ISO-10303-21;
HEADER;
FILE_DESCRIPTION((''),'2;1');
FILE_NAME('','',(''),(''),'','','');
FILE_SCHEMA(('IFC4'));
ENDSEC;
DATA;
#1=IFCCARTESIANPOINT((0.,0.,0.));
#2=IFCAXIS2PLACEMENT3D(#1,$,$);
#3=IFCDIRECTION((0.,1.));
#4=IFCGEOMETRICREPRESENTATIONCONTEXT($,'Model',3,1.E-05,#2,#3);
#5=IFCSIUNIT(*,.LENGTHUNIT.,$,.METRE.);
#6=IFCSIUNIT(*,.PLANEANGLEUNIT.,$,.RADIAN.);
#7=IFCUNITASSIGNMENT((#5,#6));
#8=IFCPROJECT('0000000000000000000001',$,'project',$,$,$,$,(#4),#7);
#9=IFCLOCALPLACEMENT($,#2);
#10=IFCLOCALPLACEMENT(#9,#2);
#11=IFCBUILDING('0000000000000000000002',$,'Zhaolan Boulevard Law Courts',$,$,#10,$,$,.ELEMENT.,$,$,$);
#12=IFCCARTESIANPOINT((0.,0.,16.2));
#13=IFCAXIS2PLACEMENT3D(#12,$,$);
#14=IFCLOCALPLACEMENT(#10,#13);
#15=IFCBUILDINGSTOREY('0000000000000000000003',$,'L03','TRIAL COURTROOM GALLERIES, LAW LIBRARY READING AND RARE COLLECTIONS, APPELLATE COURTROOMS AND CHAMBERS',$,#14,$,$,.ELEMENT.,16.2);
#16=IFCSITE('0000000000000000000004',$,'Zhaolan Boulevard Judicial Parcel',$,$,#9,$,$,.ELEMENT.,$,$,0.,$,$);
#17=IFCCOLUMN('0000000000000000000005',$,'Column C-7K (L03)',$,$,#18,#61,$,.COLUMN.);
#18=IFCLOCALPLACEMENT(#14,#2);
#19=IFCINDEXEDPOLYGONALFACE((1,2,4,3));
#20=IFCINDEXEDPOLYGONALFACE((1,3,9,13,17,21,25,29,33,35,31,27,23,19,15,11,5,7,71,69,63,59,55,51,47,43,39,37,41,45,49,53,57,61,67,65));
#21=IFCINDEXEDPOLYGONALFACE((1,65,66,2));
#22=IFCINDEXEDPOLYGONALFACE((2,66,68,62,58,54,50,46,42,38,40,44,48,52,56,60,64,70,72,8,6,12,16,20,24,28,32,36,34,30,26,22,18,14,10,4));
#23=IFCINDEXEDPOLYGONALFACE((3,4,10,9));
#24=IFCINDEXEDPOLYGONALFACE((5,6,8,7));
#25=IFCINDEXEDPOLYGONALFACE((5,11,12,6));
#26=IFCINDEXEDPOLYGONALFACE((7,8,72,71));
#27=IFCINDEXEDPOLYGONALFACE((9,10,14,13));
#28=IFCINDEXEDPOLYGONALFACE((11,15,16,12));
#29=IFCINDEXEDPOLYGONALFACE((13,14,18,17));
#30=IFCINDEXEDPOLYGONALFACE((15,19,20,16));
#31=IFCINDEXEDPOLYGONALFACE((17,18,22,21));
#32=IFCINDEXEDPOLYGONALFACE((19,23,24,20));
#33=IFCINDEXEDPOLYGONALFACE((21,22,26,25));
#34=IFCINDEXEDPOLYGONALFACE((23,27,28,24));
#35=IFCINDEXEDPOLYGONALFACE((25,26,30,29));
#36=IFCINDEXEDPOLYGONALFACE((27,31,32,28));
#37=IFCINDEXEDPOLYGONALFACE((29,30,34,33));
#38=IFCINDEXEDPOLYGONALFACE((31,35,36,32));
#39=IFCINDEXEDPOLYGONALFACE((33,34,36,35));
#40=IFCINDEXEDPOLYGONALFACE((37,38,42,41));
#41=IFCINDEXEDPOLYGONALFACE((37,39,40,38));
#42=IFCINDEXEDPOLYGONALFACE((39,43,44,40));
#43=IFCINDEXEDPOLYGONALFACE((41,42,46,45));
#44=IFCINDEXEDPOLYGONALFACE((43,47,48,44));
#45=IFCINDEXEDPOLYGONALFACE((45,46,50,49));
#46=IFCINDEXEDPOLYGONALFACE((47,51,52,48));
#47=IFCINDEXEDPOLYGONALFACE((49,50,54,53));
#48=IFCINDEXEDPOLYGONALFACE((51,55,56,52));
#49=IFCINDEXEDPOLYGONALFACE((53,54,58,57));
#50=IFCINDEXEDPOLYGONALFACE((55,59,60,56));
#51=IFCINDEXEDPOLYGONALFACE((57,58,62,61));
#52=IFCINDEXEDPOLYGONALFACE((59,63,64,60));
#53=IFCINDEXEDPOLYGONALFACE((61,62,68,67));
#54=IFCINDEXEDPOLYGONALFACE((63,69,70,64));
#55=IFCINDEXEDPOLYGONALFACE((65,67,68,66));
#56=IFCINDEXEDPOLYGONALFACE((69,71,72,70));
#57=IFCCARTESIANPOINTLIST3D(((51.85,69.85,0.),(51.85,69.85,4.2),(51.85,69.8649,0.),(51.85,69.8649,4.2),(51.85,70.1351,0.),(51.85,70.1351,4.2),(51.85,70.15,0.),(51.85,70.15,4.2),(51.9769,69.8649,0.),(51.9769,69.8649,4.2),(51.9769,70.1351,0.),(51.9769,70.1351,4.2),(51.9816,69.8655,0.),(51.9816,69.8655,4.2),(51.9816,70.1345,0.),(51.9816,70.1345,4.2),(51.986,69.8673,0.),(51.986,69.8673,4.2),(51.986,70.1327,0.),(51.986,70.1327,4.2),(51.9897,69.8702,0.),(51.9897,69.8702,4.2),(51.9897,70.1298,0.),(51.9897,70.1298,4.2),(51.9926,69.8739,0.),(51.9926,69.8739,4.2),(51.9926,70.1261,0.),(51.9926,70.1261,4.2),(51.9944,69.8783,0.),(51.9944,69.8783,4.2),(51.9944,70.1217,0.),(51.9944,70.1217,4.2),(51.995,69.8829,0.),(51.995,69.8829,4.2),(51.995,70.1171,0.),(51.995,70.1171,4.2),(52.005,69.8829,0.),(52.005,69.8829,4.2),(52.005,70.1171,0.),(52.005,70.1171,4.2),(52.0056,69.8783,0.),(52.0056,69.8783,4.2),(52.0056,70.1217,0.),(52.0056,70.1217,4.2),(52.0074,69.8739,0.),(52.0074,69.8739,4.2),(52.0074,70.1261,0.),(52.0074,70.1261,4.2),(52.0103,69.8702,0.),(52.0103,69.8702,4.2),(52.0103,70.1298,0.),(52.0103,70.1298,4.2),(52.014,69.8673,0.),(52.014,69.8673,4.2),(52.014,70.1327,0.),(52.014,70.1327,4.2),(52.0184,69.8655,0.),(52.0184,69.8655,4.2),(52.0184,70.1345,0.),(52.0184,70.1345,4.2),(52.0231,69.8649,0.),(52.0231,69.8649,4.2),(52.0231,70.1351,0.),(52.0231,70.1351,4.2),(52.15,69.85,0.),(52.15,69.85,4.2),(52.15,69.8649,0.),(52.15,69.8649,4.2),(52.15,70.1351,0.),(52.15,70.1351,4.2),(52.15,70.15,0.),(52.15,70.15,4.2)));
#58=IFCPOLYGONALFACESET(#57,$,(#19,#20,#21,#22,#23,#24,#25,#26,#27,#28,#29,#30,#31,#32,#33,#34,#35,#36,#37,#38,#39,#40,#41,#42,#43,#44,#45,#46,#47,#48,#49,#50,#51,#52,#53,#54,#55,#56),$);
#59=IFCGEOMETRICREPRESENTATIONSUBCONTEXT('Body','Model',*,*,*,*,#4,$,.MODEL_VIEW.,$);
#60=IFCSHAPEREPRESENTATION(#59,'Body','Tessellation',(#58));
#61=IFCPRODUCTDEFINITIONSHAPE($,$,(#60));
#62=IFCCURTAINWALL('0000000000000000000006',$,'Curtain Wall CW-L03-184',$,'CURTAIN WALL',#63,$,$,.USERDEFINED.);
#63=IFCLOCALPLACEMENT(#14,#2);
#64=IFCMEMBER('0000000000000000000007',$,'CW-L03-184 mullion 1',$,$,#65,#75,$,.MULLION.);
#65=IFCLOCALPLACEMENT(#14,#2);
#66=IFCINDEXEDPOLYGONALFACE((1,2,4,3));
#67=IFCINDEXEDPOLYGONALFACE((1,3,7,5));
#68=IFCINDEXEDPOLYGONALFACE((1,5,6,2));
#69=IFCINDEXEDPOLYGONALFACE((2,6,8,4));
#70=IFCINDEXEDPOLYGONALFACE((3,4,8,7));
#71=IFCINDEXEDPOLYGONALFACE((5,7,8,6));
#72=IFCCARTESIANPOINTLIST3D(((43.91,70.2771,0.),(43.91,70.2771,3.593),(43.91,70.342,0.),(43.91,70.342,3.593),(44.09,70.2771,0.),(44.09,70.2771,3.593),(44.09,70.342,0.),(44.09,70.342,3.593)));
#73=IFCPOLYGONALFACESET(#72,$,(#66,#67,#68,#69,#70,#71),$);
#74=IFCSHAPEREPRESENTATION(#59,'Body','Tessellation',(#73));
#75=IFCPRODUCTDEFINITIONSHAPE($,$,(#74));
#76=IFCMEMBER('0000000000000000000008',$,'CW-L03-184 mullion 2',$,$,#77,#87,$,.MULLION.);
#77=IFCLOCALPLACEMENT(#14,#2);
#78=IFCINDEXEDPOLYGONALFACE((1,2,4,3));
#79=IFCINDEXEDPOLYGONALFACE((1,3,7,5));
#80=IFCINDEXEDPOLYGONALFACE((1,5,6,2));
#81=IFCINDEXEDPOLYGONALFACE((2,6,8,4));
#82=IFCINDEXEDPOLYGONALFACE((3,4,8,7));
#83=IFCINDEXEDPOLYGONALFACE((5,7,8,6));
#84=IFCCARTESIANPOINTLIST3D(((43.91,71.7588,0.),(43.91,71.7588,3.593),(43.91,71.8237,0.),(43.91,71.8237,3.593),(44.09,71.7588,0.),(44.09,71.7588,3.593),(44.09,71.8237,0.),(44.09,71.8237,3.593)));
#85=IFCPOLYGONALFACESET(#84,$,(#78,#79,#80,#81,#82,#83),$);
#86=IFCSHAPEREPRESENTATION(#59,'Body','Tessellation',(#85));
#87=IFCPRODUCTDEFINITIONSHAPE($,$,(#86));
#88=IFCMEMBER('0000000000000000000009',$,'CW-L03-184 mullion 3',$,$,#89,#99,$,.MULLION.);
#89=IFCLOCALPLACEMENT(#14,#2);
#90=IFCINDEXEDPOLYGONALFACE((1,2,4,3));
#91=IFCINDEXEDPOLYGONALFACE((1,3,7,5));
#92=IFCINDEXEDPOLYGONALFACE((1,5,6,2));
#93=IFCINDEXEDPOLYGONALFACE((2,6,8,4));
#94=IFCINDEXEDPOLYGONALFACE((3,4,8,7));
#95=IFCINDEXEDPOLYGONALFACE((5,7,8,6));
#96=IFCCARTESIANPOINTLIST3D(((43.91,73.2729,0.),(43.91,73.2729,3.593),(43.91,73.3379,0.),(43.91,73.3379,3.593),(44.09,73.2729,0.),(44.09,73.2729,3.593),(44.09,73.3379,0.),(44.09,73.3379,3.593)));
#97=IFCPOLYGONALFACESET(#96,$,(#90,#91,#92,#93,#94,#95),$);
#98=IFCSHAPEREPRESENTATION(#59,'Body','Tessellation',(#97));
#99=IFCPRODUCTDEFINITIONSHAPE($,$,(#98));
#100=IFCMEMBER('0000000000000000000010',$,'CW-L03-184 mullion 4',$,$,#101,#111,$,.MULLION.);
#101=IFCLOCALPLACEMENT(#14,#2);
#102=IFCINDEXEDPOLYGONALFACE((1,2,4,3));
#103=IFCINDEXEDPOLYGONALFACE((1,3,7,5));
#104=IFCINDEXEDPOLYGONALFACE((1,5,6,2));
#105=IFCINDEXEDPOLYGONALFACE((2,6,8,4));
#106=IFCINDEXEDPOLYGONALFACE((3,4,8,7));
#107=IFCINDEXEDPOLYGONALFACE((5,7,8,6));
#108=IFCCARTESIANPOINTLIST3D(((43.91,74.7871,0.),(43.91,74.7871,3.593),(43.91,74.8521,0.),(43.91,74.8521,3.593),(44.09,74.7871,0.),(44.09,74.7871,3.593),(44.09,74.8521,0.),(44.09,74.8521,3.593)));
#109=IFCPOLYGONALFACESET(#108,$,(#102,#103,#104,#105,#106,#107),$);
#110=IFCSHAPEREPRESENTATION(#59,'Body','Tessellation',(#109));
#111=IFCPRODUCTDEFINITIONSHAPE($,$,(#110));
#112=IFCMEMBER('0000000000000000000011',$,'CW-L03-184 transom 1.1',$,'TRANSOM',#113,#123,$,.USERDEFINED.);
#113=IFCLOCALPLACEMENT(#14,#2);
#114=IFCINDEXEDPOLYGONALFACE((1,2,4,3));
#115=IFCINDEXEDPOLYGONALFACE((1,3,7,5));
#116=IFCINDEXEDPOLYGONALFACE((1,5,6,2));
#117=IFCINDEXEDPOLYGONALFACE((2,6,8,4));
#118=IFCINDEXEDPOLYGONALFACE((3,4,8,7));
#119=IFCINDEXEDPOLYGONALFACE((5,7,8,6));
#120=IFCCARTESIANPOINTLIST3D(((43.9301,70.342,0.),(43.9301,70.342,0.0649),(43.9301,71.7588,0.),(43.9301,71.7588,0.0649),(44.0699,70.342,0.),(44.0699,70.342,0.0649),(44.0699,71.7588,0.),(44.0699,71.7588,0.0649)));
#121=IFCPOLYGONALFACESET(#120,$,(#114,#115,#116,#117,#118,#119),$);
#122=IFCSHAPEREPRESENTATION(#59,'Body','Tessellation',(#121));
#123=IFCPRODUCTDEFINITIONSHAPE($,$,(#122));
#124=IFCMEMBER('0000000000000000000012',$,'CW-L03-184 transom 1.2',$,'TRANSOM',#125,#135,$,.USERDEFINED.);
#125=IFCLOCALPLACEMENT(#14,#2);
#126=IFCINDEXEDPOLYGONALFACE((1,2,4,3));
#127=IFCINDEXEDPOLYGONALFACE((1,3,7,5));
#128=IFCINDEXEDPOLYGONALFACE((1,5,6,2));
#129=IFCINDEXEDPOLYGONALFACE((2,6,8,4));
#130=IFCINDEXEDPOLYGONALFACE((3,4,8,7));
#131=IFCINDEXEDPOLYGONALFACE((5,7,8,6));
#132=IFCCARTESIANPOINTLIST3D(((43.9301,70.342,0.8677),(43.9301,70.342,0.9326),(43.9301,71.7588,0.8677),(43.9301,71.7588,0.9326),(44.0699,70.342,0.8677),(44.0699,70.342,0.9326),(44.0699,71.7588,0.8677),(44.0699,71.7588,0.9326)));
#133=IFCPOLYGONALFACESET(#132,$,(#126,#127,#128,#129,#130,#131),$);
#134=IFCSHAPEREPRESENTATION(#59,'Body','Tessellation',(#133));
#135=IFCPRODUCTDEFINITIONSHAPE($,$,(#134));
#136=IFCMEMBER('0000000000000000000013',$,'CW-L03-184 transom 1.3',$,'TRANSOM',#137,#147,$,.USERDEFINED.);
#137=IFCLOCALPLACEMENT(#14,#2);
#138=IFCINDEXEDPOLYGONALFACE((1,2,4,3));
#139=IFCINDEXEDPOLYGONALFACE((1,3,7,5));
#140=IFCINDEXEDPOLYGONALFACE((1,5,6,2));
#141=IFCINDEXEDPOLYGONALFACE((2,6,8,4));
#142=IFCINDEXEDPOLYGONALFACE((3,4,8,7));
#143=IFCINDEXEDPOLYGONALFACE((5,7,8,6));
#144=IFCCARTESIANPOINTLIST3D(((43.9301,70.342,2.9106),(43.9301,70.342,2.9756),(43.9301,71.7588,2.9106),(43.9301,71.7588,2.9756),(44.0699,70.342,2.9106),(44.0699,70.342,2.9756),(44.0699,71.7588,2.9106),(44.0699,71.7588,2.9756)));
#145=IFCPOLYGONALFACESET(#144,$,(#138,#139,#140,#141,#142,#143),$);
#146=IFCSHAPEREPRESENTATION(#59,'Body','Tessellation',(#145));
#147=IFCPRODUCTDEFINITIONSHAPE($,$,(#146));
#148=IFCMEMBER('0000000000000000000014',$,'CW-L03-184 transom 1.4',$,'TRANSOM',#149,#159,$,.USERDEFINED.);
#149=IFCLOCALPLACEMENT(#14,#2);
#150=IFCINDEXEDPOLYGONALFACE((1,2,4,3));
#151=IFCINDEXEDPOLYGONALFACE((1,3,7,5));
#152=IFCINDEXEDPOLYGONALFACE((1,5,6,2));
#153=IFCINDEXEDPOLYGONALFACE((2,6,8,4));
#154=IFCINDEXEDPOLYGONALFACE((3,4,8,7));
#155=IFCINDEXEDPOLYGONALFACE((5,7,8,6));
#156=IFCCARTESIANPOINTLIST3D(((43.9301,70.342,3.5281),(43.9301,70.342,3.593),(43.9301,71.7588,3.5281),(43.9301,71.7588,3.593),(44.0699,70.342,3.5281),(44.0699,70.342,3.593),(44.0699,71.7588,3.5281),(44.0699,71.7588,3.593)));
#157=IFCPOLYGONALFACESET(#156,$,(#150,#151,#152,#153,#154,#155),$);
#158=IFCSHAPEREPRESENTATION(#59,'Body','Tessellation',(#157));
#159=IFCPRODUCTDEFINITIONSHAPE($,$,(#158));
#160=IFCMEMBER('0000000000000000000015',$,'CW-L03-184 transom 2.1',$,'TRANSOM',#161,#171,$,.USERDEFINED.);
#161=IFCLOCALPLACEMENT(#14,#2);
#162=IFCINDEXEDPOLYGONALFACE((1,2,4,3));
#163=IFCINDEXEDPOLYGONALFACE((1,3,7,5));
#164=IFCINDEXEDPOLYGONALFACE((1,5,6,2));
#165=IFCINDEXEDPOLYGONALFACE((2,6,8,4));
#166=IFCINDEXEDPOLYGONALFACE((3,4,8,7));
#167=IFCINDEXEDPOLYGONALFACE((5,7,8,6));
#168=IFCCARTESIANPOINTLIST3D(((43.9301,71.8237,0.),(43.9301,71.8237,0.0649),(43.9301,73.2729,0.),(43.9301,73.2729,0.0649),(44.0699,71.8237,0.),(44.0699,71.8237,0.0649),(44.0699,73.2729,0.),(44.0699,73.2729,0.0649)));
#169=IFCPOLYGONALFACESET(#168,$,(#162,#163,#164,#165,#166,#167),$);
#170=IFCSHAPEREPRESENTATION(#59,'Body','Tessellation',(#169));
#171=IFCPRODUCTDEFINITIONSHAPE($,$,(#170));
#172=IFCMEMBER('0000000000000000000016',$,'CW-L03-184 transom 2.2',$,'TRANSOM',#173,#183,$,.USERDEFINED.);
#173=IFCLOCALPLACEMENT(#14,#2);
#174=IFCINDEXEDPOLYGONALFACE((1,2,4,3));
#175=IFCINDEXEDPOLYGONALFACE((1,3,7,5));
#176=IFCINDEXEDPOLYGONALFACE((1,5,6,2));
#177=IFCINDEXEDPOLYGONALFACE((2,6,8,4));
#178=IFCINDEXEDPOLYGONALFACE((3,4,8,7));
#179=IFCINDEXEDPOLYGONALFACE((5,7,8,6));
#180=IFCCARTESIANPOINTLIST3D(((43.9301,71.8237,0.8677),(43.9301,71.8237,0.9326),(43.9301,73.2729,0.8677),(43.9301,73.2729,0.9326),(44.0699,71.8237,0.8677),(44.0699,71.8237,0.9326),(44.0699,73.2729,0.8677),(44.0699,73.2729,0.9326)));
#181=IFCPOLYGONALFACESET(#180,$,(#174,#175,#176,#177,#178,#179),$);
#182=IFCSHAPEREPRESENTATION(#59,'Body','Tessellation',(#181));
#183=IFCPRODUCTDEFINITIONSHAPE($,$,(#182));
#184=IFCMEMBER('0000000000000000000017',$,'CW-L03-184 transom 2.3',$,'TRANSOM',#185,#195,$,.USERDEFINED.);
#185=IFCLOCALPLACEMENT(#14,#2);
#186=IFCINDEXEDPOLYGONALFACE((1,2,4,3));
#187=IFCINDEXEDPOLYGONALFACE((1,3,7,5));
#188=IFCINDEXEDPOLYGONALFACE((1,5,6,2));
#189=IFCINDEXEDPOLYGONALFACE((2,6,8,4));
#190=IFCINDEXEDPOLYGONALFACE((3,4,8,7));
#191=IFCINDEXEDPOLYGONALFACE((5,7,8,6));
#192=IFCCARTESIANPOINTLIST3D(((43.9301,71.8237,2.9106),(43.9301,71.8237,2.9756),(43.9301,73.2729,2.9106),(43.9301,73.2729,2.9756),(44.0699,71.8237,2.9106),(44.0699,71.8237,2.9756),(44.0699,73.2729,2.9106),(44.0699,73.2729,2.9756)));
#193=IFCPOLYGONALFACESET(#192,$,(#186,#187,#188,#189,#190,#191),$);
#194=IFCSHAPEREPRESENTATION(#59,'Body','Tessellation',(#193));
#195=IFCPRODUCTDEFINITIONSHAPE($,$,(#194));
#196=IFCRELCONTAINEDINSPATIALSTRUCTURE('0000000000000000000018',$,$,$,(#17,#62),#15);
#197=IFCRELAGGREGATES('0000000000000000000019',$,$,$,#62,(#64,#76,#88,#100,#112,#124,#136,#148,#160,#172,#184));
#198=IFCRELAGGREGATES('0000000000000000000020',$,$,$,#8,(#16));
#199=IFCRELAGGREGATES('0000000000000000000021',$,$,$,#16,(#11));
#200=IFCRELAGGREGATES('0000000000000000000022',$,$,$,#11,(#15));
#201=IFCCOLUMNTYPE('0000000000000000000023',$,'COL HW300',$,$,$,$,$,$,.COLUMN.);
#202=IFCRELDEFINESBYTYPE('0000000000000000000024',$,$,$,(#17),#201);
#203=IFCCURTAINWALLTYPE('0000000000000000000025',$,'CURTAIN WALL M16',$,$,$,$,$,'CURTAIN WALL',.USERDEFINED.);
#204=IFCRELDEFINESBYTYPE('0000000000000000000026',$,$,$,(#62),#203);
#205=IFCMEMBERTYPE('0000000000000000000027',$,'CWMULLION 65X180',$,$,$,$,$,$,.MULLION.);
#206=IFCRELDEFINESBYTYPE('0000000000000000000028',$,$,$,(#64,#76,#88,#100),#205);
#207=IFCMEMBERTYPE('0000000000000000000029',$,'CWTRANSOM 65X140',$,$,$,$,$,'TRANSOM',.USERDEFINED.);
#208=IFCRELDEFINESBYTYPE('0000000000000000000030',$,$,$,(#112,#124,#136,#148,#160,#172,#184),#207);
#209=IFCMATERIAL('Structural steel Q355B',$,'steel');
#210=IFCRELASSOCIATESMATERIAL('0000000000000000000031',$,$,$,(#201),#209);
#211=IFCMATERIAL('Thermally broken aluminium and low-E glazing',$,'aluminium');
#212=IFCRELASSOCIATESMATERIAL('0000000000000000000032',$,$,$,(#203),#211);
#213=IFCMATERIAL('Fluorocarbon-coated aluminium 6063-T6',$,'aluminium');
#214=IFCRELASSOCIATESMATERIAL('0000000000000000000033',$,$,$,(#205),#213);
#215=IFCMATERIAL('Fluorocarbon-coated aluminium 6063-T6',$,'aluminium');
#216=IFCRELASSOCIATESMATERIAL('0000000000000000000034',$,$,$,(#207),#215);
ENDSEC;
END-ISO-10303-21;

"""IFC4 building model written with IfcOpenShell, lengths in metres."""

from ifc_helpers import new_model, si_unit, direction, frame, origin, origin_2d, place, context, subcontext, project, spatial, rectangle, i_section, extrude, material, material_profile, profile_set, type_object, element, aggregate, save


model = new_model("IFC4")

# Units and contexts
model_context = context("Model", 3, precision=1e-05, world=origin(), true_north=direction((0.0, 1.0)))
body_context = subcontext(model_context, "Body", "Model", "MODEL_VIEW")
ifc_project = project(units=[si_unit("LENGTHUNIT", "METRE"), si_unit("PLANEANGLEUNIT", "RADIAN")], contexts=[model_context])

# Site, building, storey
site_placement = place(None, origin())
site = spatial("IfcSite", under=ifc_project, at=site_placement, Name="Zhaolan Boulevard Judicial Parcel", CompositionType="ELEMENT", RefElevation=0.0)
building_placement = place(site_placement, origin())
building = spatial("IfcBuilding", under=site, at=building_placement, Name="Zhaolan Boulevard Law Courts", CompositionType="ELEMENT")
storey_placement = place(building_placement, frame((0.0, 0.0, 16.2)))
storey = spatial("IfcBuildingStorey", under=building, at=storey_placement, Name="L03", Description="TRIAL COURTROOM GALLERIES, LAW LIBRARY READING AND RARE COLLECTIONS, APPELLATE COURTROOMS AND CHAMBERS", CompositionType="ELEMENT", Elevation=16.2)

# Column
ifc_material_1 = material(Name="Structural steel Q355B", Category="steel")
ifc_material_profile_1 = material_profile(ifc_material_1, i_section(OverallWidth=0.3, OverallDepth=0.3, WebThickness=0.01, FlangeThickness=0.0149, FilletRadius=0.0181, at=origin_2d()), Name="HW300x300")
ifc_profile_set_1 = profile_set([ifc_material_profile_1], Name="Structural steel Q355B")
column_type = type_object("IfcColumnType", Name="COL HW300", PredefinedType="COLUMN", material=ifc_profile_set_1)
column_placement = place(storey_placement, frame((52.0, 70.0, 0.0), z_axis=(0.0, 0.0, 1.0), x_axis=(1.0, 0.0, 0.0)))
element("IfcColumn", 1, at=column_placement, inside=storey, type_object=column_type, Name="Column C-7K (L03)", PredefinedType="COLUMN", context=body_context, shape_type="SweptSolid", body=[
    extrude(i_section(OverallWidth=0.3, OverallDepth=0.3, WebThickness=0.01, FlangeThickness=0.0149, FilletRadius=0.0181, at=origin_2d()), origin(), (0.0, 0.0, 1.0), 4.2),
])

# Curtain wall, members
ifc_material_2 = material(Name="Thermally broken aluminium and low-E glazing", Category="aluminium")
curtain_wall_type = type_object("IfcCurtainWallType", Name="CURTAIN WALL M16", ElementType="CURTAIN WALL", PredefinedType="USERDEFINED", material=ifc_material_2)
curtain_wall_placement = place(storey_placement, origin())
curtain_wall = element("IfcCurtainWall", 2, at=curtain_wall_placement, inside=storey, type_object=curtain_wall_type, Name="Curtain Wall CW-L03-184", ObjectType="CURTAIN WALL", PredefinedType="USERDEFINED")
ifc_material_3 = material(Name="Fluorocarbon-coated aluminium 6063-T6", Category="aluminium")
ifc_material_profile_2 = material_profile(ifc_material_3, rectangle(XDim=0.1799, YDim=0.0649, at=origin_2d()), Name="AL65x180")
ifc_profile_set_2 = profile_set([ifc_material_profile_2], Name="Fluorocarbon-coated aluminium 6063-T6")
member_type_1 = type_object("IfcMemberType", Name="CWMULLION 65X180", PredefinedType="MULLION", material=ifc_profile_set_2)
member_1_placement = place(storey_placement, frame((44.0, 70.3096, 0.0), z_axis=(0.0, 0.0, 1.0), x_axis=(-1.0, 0.0, 0.0)))
member_1 = element("IfcMember", 3, at=member_1_placement, type_object=member_type_1, Name="CW-L03-184 mullion 1", PredefinedType="MULLION", context=body_context, shape_type="SweptSolid", body=[
    extrude(rectangle(XDim=0.1799, YDim=0.0649, at=origin_2d()), origin(), (0.0, 0.0, 1.0), 3.593),
])
member_2_placement = place(storey_placement, frame((44.0, 71.7913, 0.0), z_axis=(0.0, 0.0, 1.0), x_axis=(-1.0, 0.0, 0.0)))
member_2 = element("IfcMember", 4, at=member_2_placement, type_object=member_type_1, Name="CW-L03-184 mullion 2", PredefinedType="MULLION", context=body_context, shape_type="SweptSolid", body=[
    extrude(rectangle(XDim=0.1799, YDim=0.0649, at=origin_2d()), origin(), (0.0, 0.0, 1.0), 3.593),
])
member_3_placement = place(storey_placement, frame((44.0, 73.3054, 0.0), z_axis=(0.0, 0.0, 1.0), x_axis=(-1.0, 0.0, 0.0)))
member_3 = element("IfcMember", 5, at=member_3_placement, type_object=member_type_1, Name="CW-L03-184 mullion 3", PredefinedType="MULLION", context=body_context, shape_type="SweptSolid", body=[
    extrude(rectangle(XDim=0.1799, YDim=0.0649, at=origin_2d()), origin(), (0.0, 0.0, 1.0), 3.593),
])
member_4_placement = place(storey_placement, frame((44.0, 74.8196, 0.0), z_axis=(0.0, 0.0, 1.0), x_axis=(-1.0, 0.0, 0.0)))
member_4 = element("IfcMember", 6, at=member_4_placement, type_object=member_type_1, Name="CW-L03-184 mullion 4", PredefinedType="MULLION", context=body_context, shape_type="SweptSolid", body=[
    extrude(rectangle(XDim=0.1799, YDim=0.0649, at=origin_2d()), origin(), (0.0, 0.0, 1.0), 3.593),
])
ifc_material_4 = material(Name="Fluorocarbon-coated aluminium 6063-T6", Category="aluminium")
ifc_material_profile_3 = material_profile(ifc_material_4, rectangle(XDim=0.1399, YDim=0.0649, at=origin_2d()), Name="AL65x140")
ifc_profile_set_3 = profile_set([ifc_material_profile_3], Name="Fluorocarbon-coated aluminium 6063-T6")
member_type_2 = type_object("IfcMemberType", Name="CWTRANSOM 65X140", ElementType="TRANSOM", PredefinedType="USERDEFINED", material=ifc_profile_set_3)
member_5_placement = place(storey_placement, frame((44.0, 70.342, 0.0325), z_axis=(0.0, 1.0, 0.0), x_axis=(-1.0, 0.0, 0.0)))
member_5 = element("IfcMember", 7, at=member_5_placement, type_object=member_type_2, Name="CW-L03-184 transom 1.1", ObjectType="TRANSOM", PredefinedType="USERDEFINED", context=body_context, shape_type="SweptSolid", body=[
    extrude(rectangle(XDim=0.1399, YDim=0.0649, at=origin_2d()), origin(), (0.0, 0.0, 1.0), 1.4167),
])
member_6_placement = place(storey_placement, frame((44.0, 70.342, 0.9001), z_axis=(0.0, 1.0, 0.0), x_axis=(-1.0, 0.0, 0.0)))
member_6 = element("IfcMember", 8, at=member_6_placement, type_object=member_type_2, Name="CW-L03-184 transom 1.2", ObjectType="TRANSOM", PredefinedType="USERDEFINED", context=body_context, shape_type="SweptSolid", body=[
    extrude(rectangle(XDim=0.1399, YDim=0.0649, at=origin_2d()), origin(), (0.0, 0.0, 1.0), 1.4167),
])
member_7_placement = place(storey_placement, frame((44.0, 70.342, 2.9431), z_axis=(0.0, 1.0, 0.0), x_axis=(-1.0, 0.0, 0.0)))
member_7 = element("IfcMember", 9, at=member_7_placement, type_object=member_type_2, Name="CW-L03-184 transom 1.3", ObjectType="TRANSOM", PredefinedType="USERDEFINED", context=body_context, shape_type="SweptSolid", body=[
    extrude(rectangle(XDim=0.1399, YDim=0.0649, at=origin_2d()), origin(), (0.0, 0.0, 1.0), 1.4167),
])
member_8_placement = place(storey_placement, frame((44.0, 70.342, 3.5605), z_axis=(0.0, 1.0, 0.0), x_axis=(-1.0, 0.0, 0.0)))
member_8 = element("IfcMember", 10, at=member_8_placement, type_object=member_type_2, Name="CW-L03-184 transom 1.4", ObjectType="TRANSOM", PredefinedType="USERDEFINED", context=body_context, shape_type="SweptSolid", body=[
    extrude(rectangle(XDim=0.1399, YDim=0.0649, at=origin_2d()), origin(), (0.0, 0.0, 1.0), 1.4167),
])
member_9_placement = place(storey_placement, frame((44.0, 71.8237, 0.0325), z_axis=(0.0, 1.0, 0.0), x_axis=(-1.0, 0.0, 0.0)))
member_9 = element("IfcMember", 11, at=member_9_placement, type_object=member_type_2, Name="CW-L03-184 transom 2.1", ObjectType="TRANSOM", PredefinedType="USERDEFINED", context=body_context, shape_type="SweptSolid", body=[
    extrude(rectangle(XDim=0.1399, YDim=0.0649, at=origin_2d()), origin(), (0.0, 0.0, 1.0), 1.4492),
])
member_10_placement = place(storey_placement, frame((44.0, 71.8237, 0.9001), z_axis=(0.0, 1.0, 0.0), x_axis=(-1.0, 0.0, 0.0)))
member_10 = element("IfcMember", 12, at=member_10_placement, type_object=member_type_2, Name="CW-L03-184 transom 2.2", ObjectType="TRANSOM", PredefinedType="USERDEFINED", context=body_context, shape_type="SweptSolid", body=[
    extrude(rectangle(XDim=0.1399, YDim=0.0649, at=origin_2d()), origin(), (0.0, 0.0, 1.0), 1.4492),
])
member_11_placement = place(storey_placement, frame((44.0, 71.8237, 2.9431), z_axis=(0.0, 1.0, 0.0), x_axis=(-1.0, 0.0, 0.0)))
member_11 = element("IfcMember", 13, at=member_11_placement, type_object=member_type_2, Name="CW-L03-184 transom 2.3", ObjectType="TRANSOM", PredefinedType="USERDEFINED", context=body_context, shape_type="SweptSolid", body=[
    extrude(rectangle(XDim=0.1399, YDim=0.0649, at=origin_2d()), origin(), (0.0, 0.0, 1.0), 1.4492),
])

aggregate(curtain_wall, [member_1, member_2, member_3, member_4, member_5, member_6, member_7, member_8, member_9, member_10, member_11])

save(model, "model.ifc")
